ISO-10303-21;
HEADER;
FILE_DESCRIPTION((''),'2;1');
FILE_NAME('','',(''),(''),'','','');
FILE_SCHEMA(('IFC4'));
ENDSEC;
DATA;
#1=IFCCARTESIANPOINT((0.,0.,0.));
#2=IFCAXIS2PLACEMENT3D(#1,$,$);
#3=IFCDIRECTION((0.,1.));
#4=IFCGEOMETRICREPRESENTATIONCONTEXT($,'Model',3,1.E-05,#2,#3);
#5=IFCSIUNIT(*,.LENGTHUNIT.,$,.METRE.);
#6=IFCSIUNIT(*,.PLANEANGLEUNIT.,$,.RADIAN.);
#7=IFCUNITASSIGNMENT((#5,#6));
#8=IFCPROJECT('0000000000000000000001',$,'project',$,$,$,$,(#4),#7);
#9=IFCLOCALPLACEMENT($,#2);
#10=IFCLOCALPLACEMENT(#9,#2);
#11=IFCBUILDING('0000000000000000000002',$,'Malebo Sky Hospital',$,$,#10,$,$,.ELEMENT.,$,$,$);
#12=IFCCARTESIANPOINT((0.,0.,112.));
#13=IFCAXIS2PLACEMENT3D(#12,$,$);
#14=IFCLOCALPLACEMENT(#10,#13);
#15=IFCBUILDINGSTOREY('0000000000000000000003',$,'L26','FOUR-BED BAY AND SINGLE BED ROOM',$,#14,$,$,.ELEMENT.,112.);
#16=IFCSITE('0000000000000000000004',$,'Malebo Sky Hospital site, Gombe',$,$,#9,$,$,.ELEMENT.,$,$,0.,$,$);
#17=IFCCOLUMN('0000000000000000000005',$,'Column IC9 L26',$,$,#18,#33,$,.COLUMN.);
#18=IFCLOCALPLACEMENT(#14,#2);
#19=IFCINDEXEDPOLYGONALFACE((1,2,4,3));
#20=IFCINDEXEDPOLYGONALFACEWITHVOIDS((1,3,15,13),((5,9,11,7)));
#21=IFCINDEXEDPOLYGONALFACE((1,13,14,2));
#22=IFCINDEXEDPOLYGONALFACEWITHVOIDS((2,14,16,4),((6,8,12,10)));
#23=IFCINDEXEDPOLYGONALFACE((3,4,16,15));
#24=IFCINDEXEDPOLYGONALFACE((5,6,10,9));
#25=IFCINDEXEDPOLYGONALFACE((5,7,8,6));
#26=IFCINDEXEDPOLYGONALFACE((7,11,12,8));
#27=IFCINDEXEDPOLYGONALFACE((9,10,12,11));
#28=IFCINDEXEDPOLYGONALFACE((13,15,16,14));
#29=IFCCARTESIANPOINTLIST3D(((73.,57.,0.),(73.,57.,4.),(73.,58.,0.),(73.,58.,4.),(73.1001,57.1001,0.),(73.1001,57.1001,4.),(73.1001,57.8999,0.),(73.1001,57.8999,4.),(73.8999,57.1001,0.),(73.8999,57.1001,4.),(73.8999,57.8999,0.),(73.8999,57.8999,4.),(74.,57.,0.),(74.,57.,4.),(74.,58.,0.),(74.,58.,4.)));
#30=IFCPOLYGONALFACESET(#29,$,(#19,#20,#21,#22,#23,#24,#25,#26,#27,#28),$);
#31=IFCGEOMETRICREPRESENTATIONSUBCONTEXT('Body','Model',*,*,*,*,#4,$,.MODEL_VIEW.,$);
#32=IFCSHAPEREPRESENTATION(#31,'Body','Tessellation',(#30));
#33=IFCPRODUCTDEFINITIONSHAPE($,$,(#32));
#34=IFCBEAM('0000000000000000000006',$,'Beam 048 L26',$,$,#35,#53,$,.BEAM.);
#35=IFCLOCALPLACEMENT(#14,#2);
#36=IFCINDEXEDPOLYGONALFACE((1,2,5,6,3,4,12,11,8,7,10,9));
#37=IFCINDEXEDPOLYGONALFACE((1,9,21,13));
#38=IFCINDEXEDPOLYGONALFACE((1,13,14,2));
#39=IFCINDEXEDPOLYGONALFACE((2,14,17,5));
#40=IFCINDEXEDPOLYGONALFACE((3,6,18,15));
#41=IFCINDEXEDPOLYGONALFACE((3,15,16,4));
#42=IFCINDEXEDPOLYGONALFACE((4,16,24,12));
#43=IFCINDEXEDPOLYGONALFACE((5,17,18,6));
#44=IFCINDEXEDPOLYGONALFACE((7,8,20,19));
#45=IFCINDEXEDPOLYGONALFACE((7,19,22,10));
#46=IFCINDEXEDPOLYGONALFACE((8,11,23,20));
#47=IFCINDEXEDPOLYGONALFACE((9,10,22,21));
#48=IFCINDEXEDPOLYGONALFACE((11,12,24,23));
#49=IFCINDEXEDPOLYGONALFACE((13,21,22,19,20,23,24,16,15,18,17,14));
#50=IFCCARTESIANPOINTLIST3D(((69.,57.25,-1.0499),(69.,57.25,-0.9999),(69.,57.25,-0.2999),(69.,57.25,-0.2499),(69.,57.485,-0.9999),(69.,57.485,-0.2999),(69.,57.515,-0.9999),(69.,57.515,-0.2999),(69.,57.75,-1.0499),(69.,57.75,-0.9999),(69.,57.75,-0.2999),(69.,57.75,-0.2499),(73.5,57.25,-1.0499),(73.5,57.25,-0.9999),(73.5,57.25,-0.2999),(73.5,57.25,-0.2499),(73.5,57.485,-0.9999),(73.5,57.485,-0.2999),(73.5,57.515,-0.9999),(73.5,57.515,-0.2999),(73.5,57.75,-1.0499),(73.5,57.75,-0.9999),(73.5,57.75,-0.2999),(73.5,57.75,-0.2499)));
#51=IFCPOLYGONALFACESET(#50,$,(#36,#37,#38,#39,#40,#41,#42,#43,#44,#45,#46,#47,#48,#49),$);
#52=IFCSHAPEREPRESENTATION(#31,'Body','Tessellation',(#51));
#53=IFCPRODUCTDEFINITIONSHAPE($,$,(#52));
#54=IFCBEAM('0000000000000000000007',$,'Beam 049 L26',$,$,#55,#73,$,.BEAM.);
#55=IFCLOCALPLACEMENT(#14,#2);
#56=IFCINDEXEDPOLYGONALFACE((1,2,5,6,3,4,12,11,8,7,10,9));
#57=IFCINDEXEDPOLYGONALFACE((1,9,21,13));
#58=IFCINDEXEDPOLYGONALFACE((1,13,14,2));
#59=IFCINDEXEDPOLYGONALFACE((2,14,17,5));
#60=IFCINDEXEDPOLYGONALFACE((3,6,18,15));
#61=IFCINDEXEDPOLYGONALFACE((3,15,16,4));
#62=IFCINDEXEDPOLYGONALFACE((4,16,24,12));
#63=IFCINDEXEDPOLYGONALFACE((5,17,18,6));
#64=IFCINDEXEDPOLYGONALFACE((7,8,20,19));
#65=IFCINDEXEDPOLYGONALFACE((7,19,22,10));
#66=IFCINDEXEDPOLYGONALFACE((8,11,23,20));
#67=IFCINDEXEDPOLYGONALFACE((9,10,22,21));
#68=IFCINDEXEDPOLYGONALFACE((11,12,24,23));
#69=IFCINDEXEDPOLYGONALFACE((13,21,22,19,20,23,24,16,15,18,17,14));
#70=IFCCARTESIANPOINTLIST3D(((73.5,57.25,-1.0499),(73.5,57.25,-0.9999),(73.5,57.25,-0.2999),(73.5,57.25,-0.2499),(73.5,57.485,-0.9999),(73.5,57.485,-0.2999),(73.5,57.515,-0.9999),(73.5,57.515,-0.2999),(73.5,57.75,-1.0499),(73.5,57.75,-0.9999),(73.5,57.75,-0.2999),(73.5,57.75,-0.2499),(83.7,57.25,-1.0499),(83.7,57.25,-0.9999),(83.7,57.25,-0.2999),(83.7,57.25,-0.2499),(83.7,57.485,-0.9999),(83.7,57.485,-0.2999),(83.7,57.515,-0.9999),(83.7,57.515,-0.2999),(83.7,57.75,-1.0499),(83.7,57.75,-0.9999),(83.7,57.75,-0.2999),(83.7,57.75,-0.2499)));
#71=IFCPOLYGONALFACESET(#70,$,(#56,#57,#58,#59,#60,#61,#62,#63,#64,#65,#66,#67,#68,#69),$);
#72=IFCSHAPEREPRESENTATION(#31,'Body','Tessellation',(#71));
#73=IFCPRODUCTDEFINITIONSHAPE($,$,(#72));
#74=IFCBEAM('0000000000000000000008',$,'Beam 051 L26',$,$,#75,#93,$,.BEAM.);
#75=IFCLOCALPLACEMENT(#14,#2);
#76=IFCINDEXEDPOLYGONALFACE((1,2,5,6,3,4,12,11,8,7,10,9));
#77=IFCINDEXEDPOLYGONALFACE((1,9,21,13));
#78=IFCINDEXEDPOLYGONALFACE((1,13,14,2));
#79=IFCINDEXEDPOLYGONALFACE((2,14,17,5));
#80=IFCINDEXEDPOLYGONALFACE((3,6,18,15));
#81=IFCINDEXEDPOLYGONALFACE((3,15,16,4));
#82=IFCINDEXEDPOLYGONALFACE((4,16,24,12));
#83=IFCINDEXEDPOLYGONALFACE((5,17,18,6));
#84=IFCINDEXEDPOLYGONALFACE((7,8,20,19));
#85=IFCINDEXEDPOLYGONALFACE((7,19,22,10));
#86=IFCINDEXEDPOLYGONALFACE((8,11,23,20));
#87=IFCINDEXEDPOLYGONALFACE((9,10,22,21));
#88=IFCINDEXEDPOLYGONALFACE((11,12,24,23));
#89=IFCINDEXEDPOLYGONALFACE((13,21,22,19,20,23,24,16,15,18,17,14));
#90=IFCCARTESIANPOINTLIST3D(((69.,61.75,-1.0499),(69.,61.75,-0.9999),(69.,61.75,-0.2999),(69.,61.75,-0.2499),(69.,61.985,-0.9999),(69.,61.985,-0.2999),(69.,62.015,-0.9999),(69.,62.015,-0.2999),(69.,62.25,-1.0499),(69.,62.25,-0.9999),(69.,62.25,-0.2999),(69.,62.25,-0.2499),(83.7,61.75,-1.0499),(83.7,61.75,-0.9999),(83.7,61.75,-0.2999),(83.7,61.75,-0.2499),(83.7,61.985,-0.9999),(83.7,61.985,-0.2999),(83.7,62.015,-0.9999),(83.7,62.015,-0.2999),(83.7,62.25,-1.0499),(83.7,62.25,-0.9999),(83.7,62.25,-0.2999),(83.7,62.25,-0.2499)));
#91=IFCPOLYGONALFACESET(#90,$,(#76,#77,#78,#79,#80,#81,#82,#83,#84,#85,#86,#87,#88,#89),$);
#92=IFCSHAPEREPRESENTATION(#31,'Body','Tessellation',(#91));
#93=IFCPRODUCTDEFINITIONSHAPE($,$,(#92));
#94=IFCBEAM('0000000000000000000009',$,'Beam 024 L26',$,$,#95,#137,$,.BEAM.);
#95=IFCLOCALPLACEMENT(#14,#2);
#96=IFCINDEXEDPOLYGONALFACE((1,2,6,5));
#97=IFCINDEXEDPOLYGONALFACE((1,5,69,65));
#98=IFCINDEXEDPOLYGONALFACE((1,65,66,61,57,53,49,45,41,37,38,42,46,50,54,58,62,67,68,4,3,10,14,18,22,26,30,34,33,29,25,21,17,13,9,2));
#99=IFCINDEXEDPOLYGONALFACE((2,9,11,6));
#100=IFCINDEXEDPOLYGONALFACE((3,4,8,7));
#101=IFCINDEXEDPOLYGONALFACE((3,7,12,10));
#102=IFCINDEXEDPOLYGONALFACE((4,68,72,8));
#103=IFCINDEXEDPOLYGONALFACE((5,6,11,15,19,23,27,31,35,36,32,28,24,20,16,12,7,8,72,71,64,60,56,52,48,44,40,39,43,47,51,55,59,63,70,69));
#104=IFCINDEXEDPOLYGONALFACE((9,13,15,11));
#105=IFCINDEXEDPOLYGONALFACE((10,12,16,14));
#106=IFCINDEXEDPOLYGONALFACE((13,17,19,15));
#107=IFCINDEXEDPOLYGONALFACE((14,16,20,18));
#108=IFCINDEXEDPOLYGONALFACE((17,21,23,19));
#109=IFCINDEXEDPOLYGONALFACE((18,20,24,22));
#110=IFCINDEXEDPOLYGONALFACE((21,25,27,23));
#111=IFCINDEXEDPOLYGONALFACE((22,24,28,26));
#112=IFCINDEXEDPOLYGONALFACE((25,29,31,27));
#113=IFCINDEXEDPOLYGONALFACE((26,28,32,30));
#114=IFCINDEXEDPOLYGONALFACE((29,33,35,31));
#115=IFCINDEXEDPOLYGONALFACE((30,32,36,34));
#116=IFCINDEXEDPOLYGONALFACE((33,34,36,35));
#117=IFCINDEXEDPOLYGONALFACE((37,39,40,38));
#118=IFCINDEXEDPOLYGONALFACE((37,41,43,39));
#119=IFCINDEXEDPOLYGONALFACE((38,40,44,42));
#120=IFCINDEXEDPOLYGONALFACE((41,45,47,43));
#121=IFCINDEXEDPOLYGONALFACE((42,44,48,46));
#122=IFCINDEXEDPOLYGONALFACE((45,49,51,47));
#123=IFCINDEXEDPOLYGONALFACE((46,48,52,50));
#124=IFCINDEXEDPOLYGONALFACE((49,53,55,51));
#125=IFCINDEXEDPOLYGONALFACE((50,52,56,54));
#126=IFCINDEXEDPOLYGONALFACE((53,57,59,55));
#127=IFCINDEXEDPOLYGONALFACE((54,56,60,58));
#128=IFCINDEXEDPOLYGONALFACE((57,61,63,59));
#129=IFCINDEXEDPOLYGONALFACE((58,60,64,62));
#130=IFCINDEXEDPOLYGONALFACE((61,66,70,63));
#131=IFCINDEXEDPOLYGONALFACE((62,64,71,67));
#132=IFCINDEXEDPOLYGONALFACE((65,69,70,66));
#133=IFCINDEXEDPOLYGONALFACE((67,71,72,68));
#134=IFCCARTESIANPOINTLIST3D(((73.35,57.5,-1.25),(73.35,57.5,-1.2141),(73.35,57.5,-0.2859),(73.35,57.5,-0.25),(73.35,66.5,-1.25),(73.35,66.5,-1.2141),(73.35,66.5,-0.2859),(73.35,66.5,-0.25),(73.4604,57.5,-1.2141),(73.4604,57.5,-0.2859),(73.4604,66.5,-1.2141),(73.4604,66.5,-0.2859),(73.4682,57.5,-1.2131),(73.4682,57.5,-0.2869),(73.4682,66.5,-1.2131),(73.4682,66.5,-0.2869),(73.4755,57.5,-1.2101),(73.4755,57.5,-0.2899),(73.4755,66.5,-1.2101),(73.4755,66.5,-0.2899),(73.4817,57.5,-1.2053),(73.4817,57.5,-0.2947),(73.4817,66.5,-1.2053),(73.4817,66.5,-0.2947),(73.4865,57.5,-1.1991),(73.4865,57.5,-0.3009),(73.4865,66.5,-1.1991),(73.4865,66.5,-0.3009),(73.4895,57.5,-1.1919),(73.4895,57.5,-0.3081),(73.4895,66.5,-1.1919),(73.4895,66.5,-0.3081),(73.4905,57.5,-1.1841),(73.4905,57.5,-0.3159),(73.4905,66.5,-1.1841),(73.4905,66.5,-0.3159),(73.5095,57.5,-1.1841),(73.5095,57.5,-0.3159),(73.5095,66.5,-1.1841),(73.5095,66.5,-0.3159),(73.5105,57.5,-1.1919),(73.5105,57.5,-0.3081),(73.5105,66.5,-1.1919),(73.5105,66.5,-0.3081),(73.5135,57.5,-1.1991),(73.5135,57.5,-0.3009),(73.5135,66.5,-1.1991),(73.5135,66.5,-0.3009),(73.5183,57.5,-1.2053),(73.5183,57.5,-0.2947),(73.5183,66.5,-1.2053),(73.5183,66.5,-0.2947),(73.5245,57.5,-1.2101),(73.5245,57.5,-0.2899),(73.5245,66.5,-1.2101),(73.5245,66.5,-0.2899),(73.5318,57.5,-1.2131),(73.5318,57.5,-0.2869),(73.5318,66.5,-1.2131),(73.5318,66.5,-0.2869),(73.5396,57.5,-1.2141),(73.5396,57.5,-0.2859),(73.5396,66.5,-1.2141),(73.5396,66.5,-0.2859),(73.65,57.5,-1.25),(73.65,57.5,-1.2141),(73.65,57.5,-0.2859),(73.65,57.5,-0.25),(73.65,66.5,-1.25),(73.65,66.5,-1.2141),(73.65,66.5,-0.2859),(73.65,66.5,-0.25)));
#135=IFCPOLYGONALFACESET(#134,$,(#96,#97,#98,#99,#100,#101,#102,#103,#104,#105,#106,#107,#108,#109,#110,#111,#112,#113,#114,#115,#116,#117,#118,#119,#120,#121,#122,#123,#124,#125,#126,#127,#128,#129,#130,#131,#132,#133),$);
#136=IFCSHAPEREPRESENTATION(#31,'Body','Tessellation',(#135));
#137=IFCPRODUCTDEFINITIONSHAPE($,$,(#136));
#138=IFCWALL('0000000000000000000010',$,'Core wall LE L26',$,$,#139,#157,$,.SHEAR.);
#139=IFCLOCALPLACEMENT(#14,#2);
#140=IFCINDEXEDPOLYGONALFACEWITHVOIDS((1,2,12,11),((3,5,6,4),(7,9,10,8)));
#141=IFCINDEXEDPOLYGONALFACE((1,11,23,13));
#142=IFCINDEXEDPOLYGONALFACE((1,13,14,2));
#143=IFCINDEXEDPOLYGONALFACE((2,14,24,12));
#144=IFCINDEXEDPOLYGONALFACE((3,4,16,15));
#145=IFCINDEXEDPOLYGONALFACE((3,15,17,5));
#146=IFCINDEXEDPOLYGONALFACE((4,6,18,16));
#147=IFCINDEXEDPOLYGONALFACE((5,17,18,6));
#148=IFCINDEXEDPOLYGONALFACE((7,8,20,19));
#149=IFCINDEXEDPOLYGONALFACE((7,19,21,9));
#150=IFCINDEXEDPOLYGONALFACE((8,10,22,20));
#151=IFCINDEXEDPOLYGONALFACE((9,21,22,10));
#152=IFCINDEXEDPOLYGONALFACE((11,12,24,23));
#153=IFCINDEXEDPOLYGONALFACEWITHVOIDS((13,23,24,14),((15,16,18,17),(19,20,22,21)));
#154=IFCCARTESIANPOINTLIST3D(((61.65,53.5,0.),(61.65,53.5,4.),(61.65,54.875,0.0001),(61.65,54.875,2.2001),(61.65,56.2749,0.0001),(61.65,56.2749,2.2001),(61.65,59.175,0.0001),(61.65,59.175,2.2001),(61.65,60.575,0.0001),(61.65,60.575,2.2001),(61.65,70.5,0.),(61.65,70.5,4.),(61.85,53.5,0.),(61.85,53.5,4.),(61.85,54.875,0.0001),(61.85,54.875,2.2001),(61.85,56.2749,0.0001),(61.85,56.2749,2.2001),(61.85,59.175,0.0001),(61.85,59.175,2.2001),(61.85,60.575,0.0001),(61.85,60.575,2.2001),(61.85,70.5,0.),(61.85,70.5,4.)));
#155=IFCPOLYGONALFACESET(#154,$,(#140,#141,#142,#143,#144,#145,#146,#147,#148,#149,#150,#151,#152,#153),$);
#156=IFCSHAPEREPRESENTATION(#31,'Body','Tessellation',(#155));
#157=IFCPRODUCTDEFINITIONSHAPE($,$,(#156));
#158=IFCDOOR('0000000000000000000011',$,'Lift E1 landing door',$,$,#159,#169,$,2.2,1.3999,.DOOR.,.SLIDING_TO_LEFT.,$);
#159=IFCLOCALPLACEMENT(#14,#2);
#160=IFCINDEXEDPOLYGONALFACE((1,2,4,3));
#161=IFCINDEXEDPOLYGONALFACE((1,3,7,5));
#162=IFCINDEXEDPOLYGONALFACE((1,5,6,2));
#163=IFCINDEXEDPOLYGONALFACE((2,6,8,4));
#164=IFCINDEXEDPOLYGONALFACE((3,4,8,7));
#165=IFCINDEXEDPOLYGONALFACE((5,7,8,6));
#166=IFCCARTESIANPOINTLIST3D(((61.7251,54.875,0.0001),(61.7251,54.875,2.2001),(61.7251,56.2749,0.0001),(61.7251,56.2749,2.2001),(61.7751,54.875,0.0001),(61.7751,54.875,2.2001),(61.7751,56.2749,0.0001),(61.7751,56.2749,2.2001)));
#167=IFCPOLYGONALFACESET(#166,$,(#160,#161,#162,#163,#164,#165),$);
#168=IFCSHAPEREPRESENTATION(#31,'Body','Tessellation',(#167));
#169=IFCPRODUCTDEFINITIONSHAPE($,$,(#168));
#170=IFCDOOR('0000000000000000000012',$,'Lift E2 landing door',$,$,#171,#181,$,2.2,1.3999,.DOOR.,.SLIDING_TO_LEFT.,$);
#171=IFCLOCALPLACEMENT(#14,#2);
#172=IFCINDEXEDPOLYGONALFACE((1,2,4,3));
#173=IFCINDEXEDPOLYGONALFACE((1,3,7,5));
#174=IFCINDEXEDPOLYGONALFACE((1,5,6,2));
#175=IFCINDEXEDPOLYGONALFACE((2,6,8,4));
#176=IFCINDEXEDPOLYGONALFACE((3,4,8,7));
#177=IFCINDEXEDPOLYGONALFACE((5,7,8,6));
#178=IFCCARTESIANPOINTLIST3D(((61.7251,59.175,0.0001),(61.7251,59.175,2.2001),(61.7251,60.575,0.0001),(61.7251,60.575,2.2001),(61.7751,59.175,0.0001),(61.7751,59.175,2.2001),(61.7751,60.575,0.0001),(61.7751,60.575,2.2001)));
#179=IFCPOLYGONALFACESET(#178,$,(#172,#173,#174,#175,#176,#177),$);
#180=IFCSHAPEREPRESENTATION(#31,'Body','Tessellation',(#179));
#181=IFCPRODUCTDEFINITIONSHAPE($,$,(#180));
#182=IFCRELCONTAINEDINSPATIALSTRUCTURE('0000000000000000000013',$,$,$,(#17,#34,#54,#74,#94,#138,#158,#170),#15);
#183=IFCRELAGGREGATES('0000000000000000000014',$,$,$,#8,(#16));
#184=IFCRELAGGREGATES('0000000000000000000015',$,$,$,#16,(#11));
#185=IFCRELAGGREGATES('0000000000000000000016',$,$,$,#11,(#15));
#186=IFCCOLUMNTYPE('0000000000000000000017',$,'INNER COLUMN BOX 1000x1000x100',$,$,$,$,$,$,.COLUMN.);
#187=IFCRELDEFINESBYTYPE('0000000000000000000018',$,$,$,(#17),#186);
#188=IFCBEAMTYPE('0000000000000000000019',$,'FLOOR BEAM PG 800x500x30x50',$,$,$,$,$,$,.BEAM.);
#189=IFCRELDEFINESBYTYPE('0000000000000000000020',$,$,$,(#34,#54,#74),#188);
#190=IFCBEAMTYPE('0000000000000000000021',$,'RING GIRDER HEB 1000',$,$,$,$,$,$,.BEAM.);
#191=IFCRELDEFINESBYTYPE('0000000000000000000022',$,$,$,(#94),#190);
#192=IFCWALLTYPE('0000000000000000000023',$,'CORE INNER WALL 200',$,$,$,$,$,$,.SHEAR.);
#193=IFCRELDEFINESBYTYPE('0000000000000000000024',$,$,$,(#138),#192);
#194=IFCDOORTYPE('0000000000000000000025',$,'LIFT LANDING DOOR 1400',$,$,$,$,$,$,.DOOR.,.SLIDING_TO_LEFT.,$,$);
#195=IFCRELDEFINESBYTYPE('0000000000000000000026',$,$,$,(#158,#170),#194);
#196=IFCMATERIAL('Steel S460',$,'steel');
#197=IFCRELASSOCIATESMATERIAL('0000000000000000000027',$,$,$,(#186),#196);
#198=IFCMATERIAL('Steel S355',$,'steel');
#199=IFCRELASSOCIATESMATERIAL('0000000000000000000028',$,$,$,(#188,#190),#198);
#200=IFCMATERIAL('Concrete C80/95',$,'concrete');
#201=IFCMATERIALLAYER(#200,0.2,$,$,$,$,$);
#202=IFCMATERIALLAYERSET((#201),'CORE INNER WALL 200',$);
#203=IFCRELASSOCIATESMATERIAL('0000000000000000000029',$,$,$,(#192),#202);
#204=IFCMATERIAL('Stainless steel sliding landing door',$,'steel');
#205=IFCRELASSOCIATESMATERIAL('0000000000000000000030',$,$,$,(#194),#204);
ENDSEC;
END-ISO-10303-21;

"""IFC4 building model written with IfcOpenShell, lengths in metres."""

from ifc_helpers import new_model, si_unit, direction, frame, frame_2d, origin, origin_2d, place, context, subcontext, project, spatial, rectangle, hollow_rectangle, i_section, extrude, material, layer, layer_set, material_profile, profile_set, type_object, element, fill, save


model = new_model("IFC4")

# Units and contexts
model_context = context("Model", 3, precision=1e-05, world=origin(), true_north=direction((0.0, 1.0)))
body_context = subcontext(model_context, "Body", "Model", "MODEL_VIEW")
ifc_project = project(units=[si_unit("LENGTHUNIT", "METRE"), si_unit("PLANEANGLEUNIT", "RADIAN")], contexts=[model_context])

# Site, building, storey
site_placement = place(None, origin())
site = spatial("IfcSite", under=ifc_project, at=site_placement, Name="Malebo Sky Hospital site, Gombe", CompositionType="ELEMENT", RefElevation=0.0)
building_placement = place(site_placement, origin())
building = spatial("IfcBuilding", under=site, at=building_placement, Name="Malebo Sky Hospital", CompositionType="ELEMENT")
storey_placement = place(building_placement, frame((0.0, 0.0, 112.0)))
storey = spatial("IfcBuildingStorey", under=building, at=storey_placement, Name="L26", Description="FOUR-BED BAY AND SINGLE BED ROOM", CompositionType="ELEMENT", Elevation=112.0)

# Column
ifc_material_1 = material(Name="Steel S460", Category="steel")
ifc_material_profile_1 = material_profile(ifc_material_1, hollow_rectangle(XDim=1.0, YDim=1.0, WallThickness=0.1001, at=origin_2d()), Name="BOX 1000x1000x100")
ifc_profile_set_1 = profile_set([ifc_material_profile_1], Name="Steel S460")
column_type = type_object("IfcColumnType", Name="INNER COLUMN BOX 1000x1000x100", PredefinedType="COLUMN", material=ifc_profile_set_1)
column_placement = place(storey_placement, frame((73.5, 57.5, 0.0), z_axis=(0.0, 0.0, 1.0), x_axis=(1.0, 0.0, 0.0)))
element("IfcColumn", 1, at=column_placement, inside=storey, type_object=column_type, Name="Column IC9 L26", PredefinedType="COLUMN", context=body_context, shape_type="SweptSolid", body=[
    extrude(hollow_rectangle(XDim=1.0, YDim=1.0, WallThickness=0.1001, at=origin_2d()), origin(), (0.0, 0.0, 1.0), 4.0),
])

# Beams
ifc_material_2 = material(Name="Steel S355", Category="steel")
ifc_material_profile_2 = material_profile(ifc_material_2, i_section(OverallWidth=0.5, OverallDepth=0.8, WebThickness=0.03, FlangeThickness=0.05, at=origin_2d()), Name="PG 800x500x30x50")
ifc_profile_set_2 = profile_set([ifc_material_profile_2], Name="Steel S355")
beam_type_1 = type_object("IfcBeamType", Name="FLOOR BEAM PG 800x500x30x50", PredefinedType="BEAM", material=ifc_profile_set_2)
beam_1_placement = place(storey_placement, frame((69.0, 57.5, -0.6499), z_axis=(1.0, 0.0, 0.0), x_axis=(0.0, 1.0, 0.0)))
element("IfcBeam", 2, at=beam_1_placement, inside=storey, type_object=beam_type_1, Name="Beam 048 L26", PredefinedType="BEAM", context=body_context, shape_type="SweptSolid", body=[
    extrude(i_section(OverallWidth=0.5, OverallDepth=0.8, WebThickness=0.03, FlangeThickness=0.05, at=origin_2d()), origin(), (0.0, 0.0, 1.0), 4.5),
])
beam_2_placement = place(storey_placement, frame((73.5, 57.5, -0.6499), z_axis=(1.0, 0.0, 0.0), x_axis=(0.0, 1.0, 0.0)))
element("IfcBeam", 3, at=beam_2_placement, inside=storey, type_object=beam_type_1, Name="Beam 049 L26", PredefinedType="BEAM", context=body_context, shape_type="SweptSolid", body=[
    extrude(i_section(OverallWidth=0.5, OverallDepth=0.8, WebThickness=0.03, FlangeThickness=0.05, at=origin_2d()), origin(), (0.0, 0.0, 1.0), 10.2),
])
beam_3_placement = place(storey_placement, frame((69.0, 62.0, -0.6499), z_axis=(1.0, 0.0, 0.0), x_axis=(0.0, 1.0, 0.0)))
element("IfcBeam", 4, at=beam_3_placement, inside=storey, type_object=beam_type_1, Name="Beam 051 L26", PredefinedType="BEAM", context=body_context, shape_type="SweptSolid", body=[
    extrude(i_section(OverallWidth=0.5, OverallDepth=0.8, WebThickness=0.03, FlangeThickness=0.05, at=origin_2d()), origin(), (0.0, 0.0, 1.0), 14.7),
])
ifc_material_profile_3 = material_profile(ifc_material_2, i_section(OverallWidth=0.3, OverallDepth=1.0, WebThickness=0.019, FlangeThickness=0.0359, FilletRadius=0.03, at=origin_2d()), Name="HEB 1000")
ifc_profile_set_3 = profile_set([ifc_material_profile_3], Name="Steel S355")
beam_type_2 = type_object("IfcBeamType", Name="RING GIRDER HEB 1000", PredefinedType="BEAM", material=ifc_profile_set_3)
beam_4_placement = place(storey_placement, frame((73.5, 57.5, -0.75), z_axis=(0.0, 1.0, 0.0), x_axis=(-1.0, 0.0, 0.0)))
element("IfcBeam", 5, at=beam_4_placement, inside=storey, type_object=beam_type_2, Name="Beam 024 L26", PredefinedType="BEAM", context=body_context, shape_type="SweptSolid", body=[
    extrude(i_section(OverallWidth=0.3, OverallDepth=1.0, WebThickness=0.019, FlangeThickness=0.0359, FilletRadius=0.03, at=origin_2d()), origin(), (0.0, 0.0, 1.0), 9.0),
])

# Wall, openings, doors
ifc_material_3 = material(Name="Concrete C80/95", Category="concrete")
ifc_layer_1 = layer(ifc_material_3, 0.2)
ifc_layer_set_1 = layer_set([ifc_layer_1], Name="CORE INNER WALL 200")
wall_type_1 = type_object("IfcWallType", Name="CORE INNER WALL 200", PredefinedType="SHEAR", material=ifc_layer_set_1)
wall_1_placement = place(storey_placement, frame((61.75, 53.5, 0.0), z_axis=(0.0, 0.0, 1.0), x_axis=(0.0, 1.0, 0.0)))
wall_1 = element("IfcWall", 6, at=wall_1_placement, inside=storey, type_object=wall_type_1, Name="Core wall LE L26", PredefinedType="SHEAR", context=body_context, shape_type="SweptSolid", body=[
    extrude(rectangle(XDim=17.0, YDim=0.2, at=frame_2d((8.5, 0.0))), origin(), (0.0, 0.0, 1.0), 4.0),
])
opening_1_placement = place(wall_1_placement, frame((1.375, 0.0, 0.0)))
opening_1 = element("IfcOpeningElement", 7, at=opening_1_placement, cuts=wall_1, PredefinedType="OPENING", context=body_context, shape_type="SweptSolid", body=[
    extrude(rectangle(XDim=1.3999, YDim=2.2, at=frame_2d((0.7, 1.1001))), frame((0.0, 0.1099, 0.0), z_axis=(0.0, -1.0, 0.0), x_axis=(1.0, 0.0, 0.0)), (0.0, 0.0, 1.0), 0.22),
])
opening_2_placement = place(wall_1_placement, frame((5.675, 0.0, 0.0)))
opening_2 = element("IfcOpeningElement", 8, at=opening_2_placement, cuts=wall_1, PredefinedType="OPENING", context=body_context, shape_type="SweptSolid", body=[
    extrude(rectangle(XDim=1.3999, YDim=2.2, at=frame_2d((0.7, 1.1001))), frame((0.0, 0.1099, 0.0), z_axis=(0.0, -1.0, 0.0), x_axis=(1.0, 0.0, 0.0)), (0.0, 0.0, 1.0), 0.22),
])
ifc_material_4 = material(Name="Stainless steel sliding landing door", Category="steel")
door_type_1 = type_object("IfcDoorType", Name="LIFT LANDING DOOR 1400", OperationType="SLIDING_TO_LEFT", PredefinedType="DOOR", material=ifc_material_4)
door_1_placement = place(opening_1_placement, origin())
door_1 = element("IfcDoor", 9, at=door_1_placement, inside=storey, type_object=door_type_1, Name="Lift E1 landing door", OperationType="SLIDING_TO_LEFT", OverallHeight=2.2, OverallWidth=1.3999, PredefinedType="DOOR", context=body_context, shape_type="SweptSolid", body=[
    extrude(rectangle(XDim=1.3999, YDim=2.2, at=frame_2d((0.7, 1.1001))), frame((0.0, 0.0249, 0.0), z_axis=(0.0, -1.0, 0.0), x_axis=(1.0, 0.0, 0.0)), (0.0, 0.0, 1.0), 0.05),
])
fill(opening_1, door_1)
door_2_placement = place(opening_2_placement, origin())
door_2 = element("IfcDoor", 10, at=door_2_placement, inside=storey, type_object=door_type_1, Name="Lift E2 landing door", OperationType="SLIDING_TO_LEFT", OverallHeight=2.2, OverallWidth=1.3999, PredefinedType="DOOR", context=body_context, shape_type="SweptSolid", body=[
    extrude(rectangle(XDim=1.3999, YDim=2.2, at=frame_2d((0.7, 1.1001))), frame((0.0, 0.0249, 0.0), z_axis=(0.0, -1.0, 0.0), x_axis=(1.0, 0.0, 0.0)), (0.0, 0.0, 1.0), 0.05),
])
fill(opening_2, door_2)

save(model, "model.ifc")
